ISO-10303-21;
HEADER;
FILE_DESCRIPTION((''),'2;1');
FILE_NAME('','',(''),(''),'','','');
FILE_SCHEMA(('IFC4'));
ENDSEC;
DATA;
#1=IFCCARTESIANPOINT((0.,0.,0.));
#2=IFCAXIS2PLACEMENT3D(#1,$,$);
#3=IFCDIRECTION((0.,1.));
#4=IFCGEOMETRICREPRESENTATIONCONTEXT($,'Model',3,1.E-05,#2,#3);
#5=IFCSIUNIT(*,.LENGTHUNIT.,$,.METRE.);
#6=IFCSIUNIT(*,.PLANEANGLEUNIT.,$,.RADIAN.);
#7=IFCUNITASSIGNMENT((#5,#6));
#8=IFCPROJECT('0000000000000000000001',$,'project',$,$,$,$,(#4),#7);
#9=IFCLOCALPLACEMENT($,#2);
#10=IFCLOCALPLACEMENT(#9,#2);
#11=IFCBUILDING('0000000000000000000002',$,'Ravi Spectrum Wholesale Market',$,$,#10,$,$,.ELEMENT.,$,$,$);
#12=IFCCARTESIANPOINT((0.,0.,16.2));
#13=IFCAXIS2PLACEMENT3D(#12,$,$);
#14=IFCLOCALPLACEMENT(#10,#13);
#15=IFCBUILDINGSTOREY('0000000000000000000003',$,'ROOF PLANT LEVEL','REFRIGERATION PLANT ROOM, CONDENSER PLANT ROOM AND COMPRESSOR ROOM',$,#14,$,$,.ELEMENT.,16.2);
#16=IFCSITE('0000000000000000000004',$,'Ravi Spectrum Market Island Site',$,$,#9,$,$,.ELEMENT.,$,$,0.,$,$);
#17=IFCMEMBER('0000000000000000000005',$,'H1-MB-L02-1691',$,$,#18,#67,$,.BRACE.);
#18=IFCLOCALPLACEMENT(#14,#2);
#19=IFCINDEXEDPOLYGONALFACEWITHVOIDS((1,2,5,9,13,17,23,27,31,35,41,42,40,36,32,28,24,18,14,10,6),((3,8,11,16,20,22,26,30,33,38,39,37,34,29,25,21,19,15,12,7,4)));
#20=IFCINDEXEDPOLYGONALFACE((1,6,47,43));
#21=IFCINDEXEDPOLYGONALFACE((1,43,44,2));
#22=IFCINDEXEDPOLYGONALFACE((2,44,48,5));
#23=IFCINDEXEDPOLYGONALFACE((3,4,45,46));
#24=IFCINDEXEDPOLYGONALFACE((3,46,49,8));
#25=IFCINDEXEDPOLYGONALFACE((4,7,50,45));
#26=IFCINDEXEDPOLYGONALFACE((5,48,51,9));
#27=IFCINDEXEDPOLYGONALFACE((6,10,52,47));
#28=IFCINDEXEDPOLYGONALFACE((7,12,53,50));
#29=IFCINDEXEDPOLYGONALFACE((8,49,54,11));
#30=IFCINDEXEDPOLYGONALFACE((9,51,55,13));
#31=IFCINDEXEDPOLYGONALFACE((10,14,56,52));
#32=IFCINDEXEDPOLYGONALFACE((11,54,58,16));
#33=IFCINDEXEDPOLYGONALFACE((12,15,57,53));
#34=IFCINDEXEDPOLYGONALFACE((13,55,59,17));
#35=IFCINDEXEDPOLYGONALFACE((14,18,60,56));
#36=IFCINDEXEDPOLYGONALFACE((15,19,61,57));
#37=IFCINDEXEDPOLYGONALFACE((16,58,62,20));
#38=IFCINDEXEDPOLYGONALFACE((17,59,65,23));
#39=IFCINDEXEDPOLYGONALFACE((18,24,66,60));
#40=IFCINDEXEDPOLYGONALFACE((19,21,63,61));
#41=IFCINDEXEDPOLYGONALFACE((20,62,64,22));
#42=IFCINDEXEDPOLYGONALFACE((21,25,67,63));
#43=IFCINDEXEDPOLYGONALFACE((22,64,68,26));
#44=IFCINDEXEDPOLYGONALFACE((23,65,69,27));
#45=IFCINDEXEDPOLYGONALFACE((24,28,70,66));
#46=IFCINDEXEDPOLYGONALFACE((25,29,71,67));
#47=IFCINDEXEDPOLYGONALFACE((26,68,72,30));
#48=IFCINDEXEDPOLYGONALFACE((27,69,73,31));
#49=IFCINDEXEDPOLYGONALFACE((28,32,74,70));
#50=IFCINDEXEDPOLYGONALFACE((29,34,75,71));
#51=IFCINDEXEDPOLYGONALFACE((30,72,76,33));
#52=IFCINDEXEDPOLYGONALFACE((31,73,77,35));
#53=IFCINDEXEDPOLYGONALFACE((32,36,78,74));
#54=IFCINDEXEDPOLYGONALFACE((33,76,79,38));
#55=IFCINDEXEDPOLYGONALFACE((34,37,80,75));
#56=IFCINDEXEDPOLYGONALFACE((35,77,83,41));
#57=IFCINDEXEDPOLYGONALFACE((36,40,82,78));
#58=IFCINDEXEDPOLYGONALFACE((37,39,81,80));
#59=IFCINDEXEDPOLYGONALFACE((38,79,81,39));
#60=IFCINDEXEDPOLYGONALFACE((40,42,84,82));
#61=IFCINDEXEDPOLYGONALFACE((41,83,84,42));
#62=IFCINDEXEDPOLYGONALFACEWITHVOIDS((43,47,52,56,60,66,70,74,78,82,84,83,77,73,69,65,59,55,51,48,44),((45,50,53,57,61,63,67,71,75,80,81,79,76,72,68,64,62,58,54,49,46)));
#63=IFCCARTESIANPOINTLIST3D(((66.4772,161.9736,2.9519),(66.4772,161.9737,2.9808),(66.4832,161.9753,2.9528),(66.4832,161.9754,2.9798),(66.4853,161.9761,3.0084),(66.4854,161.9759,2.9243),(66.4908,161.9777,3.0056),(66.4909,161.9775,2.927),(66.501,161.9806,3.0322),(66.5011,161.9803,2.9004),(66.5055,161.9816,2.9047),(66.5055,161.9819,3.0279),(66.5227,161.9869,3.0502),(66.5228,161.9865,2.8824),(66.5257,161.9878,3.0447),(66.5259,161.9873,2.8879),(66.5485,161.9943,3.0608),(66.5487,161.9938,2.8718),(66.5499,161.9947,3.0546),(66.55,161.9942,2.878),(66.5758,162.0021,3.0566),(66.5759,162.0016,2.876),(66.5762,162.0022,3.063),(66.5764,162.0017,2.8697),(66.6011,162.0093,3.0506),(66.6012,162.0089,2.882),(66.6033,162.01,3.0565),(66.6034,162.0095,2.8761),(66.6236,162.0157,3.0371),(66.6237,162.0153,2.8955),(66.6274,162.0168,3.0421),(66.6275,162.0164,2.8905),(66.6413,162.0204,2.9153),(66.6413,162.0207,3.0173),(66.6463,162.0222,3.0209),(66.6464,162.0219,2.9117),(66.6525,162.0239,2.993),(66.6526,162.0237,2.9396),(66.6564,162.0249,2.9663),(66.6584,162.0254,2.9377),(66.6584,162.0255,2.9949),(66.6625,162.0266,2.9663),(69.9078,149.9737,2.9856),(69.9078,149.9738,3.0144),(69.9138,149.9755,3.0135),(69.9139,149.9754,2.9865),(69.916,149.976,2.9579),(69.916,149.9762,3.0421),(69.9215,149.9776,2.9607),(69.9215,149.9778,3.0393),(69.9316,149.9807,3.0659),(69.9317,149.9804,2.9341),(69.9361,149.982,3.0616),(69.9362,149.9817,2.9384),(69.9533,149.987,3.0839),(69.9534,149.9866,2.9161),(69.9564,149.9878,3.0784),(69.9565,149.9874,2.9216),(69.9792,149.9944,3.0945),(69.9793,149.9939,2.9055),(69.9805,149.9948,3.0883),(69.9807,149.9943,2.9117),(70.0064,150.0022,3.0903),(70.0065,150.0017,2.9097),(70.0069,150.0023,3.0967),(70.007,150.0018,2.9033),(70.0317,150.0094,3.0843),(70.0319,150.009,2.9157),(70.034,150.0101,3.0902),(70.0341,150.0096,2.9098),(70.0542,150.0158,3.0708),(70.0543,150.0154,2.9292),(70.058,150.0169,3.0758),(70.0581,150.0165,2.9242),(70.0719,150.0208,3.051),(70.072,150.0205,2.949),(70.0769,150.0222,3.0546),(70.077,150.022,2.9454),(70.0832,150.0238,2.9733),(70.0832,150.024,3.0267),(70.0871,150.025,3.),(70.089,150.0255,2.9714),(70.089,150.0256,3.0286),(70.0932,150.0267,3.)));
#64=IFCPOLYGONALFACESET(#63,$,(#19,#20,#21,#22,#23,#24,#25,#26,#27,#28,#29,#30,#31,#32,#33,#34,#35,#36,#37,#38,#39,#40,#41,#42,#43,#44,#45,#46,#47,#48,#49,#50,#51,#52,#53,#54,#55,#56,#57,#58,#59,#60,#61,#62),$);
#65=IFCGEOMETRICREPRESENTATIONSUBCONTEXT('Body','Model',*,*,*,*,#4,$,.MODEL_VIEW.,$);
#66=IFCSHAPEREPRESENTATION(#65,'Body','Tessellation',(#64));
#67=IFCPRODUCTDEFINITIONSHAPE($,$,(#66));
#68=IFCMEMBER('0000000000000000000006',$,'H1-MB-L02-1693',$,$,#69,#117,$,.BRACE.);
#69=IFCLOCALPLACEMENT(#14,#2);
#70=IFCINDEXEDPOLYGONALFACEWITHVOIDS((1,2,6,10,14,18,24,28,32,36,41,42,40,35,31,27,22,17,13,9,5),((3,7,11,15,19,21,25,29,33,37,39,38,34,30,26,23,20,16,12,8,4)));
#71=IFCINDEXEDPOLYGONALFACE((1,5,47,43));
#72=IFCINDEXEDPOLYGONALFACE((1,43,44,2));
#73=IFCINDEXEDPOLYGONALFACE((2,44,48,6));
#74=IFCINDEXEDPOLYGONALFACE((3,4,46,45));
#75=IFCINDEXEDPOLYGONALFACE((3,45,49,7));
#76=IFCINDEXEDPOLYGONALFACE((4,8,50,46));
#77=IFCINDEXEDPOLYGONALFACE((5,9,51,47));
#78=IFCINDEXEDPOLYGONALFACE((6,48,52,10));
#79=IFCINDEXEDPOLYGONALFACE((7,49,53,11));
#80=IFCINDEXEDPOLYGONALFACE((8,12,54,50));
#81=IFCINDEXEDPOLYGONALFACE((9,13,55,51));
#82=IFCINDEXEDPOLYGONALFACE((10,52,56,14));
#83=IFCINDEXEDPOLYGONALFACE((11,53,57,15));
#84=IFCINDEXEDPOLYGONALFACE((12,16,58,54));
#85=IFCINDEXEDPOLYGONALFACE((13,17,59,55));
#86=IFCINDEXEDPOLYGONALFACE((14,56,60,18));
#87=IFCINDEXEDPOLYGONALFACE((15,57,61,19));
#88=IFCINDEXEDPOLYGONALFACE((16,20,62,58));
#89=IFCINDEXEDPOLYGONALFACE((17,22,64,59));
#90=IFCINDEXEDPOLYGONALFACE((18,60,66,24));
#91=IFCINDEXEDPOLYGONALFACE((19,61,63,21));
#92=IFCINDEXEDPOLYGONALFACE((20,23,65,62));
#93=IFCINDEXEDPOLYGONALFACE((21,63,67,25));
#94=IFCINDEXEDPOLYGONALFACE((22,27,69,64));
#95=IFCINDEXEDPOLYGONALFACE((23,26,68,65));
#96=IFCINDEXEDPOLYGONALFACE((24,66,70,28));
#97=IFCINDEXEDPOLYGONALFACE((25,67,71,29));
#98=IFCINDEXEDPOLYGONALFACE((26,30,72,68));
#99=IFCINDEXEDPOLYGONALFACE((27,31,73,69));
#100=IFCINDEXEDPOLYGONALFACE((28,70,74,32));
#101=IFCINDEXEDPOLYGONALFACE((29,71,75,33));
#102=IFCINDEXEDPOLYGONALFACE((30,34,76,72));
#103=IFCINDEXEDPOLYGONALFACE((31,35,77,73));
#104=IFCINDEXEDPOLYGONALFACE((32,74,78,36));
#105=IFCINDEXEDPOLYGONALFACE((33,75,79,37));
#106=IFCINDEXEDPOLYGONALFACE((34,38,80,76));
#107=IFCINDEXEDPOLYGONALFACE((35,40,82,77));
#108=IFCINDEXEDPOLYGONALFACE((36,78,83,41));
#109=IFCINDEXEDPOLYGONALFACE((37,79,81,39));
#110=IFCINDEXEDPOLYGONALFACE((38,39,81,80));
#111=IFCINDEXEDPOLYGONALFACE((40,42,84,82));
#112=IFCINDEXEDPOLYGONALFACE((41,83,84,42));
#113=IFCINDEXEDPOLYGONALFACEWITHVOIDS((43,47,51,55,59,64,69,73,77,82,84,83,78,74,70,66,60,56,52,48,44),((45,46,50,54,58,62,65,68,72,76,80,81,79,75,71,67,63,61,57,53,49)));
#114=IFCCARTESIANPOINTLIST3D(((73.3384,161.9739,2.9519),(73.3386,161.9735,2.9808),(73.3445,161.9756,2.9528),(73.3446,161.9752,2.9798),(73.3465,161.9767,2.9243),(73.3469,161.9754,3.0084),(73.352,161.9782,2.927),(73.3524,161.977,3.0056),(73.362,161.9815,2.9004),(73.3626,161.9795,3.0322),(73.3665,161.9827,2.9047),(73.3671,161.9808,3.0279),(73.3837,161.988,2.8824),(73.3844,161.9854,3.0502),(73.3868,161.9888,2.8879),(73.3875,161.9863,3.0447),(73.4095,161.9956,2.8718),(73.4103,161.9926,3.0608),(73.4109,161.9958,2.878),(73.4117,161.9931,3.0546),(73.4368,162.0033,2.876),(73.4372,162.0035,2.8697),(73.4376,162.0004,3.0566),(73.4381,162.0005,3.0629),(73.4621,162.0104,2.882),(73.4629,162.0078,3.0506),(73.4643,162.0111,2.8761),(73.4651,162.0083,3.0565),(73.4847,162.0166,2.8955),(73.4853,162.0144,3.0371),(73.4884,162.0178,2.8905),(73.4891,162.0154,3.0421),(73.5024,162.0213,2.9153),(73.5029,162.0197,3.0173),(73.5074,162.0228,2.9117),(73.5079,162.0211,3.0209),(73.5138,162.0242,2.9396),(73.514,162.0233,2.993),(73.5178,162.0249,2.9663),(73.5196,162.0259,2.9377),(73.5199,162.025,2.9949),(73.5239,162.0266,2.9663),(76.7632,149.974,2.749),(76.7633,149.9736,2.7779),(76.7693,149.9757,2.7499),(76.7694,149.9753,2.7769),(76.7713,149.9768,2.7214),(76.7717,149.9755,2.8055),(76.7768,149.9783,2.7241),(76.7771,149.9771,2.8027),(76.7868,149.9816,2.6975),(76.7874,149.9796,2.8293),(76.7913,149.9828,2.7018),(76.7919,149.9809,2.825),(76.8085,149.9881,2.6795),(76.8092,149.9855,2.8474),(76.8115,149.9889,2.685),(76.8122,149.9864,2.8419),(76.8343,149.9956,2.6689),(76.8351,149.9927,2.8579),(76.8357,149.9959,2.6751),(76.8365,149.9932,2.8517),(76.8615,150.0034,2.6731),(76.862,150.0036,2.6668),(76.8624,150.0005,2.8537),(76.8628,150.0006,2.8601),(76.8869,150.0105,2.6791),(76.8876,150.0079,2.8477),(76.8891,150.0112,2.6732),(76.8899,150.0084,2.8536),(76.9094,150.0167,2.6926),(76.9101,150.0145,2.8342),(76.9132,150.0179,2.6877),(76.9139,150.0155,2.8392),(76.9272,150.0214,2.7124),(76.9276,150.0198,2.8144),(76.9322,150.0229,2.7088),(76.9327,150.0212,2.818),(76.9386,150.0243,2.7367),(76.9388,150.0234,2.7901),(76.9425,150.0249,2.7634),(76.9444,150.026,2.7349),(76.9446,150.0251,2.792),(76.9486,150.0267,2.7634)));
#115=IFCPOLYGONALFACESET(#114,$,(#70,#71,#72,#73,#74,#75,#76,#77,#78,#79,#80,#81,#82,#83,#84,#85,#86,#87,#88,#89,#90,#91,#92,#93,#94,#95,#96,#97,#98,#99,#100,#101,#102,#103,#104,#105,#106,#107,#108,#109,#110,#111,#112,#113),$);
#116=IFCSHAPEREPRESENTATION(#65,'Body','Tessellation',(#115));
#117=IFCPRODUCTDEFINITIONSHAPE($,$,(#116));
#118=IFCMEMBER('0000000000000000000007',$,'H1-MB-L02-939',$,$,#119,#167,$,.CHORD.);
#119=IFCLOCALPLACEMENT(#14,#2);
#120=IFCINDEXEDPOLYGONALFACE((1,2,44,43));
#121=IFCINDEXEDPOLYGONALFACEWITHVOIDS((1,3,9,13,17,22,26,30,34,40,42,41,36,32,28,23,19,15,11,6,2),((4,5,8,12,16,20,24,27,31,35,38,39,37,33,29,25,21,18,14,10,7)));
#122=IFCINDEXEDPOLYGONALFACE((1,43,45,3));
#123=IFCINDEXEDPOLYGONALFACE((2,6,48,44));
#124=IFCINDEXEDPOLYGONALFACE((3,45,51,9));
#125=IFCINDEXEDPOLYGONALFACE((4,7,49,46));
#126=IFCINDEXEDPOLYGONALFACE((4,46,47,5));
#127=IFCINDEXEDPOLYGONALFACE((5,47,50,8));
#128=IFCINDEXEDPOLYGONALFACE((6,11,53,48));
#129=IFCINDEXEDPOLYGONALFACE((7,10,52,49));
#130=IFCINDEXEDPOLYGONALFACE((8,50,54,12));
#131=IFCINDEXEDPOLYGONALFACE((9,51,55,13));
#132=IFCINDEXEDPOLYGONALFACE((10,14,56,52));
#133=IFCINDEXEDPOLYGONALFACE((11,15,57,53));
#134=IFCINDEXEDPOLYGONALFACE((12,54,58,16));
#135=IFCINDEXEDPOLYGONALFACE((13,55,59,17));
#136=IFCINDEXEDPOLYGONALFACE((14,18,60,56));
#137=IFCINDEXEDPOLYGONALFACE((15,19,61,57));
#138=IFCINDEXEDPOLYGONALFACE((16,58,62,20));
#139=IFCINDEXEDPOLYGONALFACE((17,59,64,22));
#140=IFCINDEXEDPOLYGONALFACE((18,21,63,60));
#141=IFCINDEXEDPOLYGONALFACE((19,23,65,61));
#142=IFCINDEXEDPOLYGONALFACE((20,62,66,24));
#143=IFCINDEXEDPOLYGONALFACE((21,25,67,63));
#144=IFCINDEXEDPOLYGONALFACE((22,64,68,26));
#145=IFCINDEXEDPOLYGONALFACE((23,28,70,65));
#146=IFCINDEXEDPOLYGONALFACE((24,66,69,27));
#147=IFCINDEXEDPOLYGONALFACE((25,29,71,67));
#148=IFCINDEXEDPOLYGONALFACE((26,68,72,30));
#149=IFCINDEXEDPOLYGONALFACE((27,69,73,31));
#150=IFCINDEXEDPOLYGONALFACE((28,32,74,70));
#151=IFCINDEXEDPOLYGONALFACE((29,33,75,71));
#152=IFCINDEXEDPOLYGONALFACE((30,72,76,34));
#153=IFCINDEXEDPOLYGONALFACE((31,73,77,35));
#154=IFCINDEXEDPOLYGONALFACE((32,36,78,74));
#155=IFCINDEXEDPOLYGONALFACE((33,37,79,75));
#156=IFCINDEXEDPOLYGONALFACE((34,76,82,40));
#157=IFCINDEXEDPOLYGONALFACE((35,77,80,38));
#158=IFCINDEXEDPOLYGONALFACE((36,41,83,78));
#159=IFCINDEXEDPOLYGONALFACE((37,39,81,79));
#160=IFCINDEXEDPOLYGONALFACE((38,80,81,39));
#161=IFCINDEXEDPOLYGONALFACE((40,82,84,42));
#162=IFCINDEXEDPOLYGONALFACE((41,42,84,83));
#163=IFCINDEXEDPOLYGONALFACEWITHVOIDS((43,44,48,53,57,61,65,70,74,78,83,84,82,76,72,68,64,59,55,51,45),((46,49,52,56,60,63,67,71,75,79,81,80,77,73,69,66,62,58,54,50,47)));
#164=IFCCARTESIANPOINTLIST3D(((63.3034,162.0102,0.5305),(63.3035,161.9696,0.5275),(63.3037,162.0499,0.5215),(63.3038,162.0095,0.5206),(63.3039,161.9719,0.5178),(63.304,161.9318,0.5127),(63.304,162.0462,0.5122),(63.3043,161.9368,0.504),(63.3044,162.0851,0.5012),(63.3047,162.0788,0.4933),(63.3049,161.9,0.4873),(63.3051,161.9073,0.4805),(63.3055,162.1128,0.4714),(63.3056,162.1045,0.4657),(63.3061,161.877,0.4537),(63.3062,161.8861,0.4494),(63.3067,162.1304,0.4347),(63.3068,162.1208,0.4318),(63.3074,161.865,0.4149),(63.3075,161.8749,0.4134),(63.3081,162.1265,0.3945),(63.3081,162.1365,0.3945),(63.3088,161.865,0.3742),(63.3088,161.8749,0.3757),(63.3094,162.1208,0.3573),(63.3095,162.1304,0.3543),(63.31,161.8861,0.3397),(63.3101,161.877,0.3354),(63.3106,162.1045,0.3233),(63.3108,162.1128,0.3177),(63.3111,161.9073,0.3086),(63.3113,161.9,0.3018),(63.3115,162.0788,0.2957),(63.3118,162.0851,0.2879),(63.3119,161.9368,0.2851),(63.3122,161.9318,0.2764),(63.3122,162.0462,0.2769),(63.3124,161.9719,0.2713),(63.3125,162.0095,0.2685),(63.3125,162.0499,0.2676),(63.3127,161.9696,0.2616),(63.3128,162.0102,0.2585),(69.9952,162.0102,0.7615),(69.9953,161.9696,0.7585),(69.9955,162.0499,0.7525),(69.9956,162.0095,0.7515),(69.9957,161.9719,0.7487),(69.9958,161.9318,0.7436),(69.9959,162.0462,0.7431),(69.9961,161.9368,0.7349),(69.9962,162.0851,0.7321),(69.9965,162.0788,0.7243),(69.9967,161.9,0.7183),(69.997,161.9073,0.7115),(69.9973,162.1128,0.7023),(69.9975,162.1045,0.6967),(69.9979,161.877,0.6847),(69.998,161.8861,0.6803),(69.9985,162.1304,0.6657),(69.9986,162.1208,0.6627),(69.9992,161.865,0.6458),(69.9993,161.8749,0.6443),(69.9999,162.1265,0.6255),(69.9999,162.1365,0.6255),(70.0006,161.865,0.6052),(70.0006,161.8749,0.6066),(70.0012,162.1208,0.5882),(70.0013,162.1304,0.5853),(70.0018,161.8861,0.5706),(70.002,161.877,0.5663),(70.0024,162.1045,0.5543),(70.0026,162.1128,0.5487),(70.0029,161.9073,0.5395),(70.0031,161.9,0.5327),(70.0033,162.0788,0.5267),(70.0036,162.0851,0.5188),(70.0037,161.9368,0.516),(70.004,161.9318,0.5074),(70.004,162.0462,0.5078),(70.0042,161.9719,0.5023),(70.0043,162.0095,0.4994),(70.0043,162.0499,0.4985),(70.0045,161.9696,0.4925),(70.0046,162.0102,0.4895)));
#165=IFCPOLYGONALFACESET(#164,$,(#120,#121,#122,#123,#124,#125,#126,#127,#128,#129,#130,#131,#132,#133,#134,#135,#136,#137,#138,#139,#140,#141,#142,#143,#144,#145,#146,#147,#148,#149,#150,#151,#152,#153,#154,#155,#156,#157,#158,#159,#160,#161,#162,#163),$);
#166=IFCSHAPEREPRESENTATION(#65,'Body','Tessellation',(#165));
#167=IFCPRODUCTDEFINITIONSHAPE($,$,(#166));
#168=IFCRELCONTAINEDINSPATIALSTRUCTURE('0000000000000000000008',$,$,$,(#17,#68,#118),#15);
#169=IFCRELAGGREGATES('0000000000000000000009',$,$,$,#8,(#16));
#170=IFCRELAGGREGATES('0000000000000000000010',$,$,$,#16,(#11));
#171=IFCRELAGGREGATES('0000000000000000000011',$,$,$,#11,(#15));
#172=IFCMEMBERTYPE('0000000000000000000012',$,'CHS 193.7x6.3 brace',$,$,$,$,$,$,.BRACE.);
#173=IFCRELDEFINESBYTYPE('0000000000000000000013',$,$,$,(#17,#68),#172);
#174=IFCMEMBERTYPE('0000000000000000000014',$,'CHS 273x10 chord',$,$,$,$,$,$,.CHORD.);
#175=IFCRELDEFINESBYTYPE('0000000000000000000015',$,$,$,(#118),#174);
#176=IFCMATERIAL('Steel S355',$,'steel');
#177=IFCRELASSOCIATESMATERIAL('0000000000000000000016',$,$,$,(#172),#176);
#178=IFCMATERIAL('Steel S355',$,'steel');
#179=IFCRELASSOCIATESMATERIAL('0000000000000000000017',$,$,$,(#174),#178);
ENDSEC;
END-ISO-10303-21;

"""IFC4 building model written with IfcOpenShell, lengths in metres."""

from ifc_helpers import new_model, si_unit, direction, frame, origin, origin_2d, place, context, subcontext, project, spatial, hollow_circle, extrude, material, material_profile, profile_set, type_object, element, save


model = new_model("IFC4")

# Units and contexts
model_context = context("Model", 3, precision=1e-05, world=origin(), true_north=direction((0.0, 1.0)))
body_context = subcontext(model_context, "Body", "Model", "MODEL_VIEW")
ifc_project = project(units=[si_unit("LENGTHUNIT", "METRE"), si_unit("PLANEANGLEUNIT", "RADIAN")], contexts=[model_context])

# Site, building, storey
site_placement = place(None, origin())
site = spatial("IfcSite", under=ifc_project, at=site_placement, Name="Ravi Spectrum Market Island Site", CompositionType="ELEMENT", RefElevation=0.0)
building_placement = place(site_placement, origin())
building = spatial("IfcBuilding", under=site, at=building_placement, Name="Ravi Spectrum Wholesale Market", CompositionType="ELEMENT")
storey_placement = place(building_placement, frame((0.0, 0.0, 16.2)))
storey = spatial("IfcBuildingStorey", under=building, at=storey_placement, Name="ROOF PLANT LEVEL", Description="REFRIGERATION PLANT ROOM, CONDENSER PLANT ROOM AND COMPRESSOR ROOM", CompositionType="ELEMENT", Elevation=16.2)

# Members
ifc_material_1 = material(Name="Steel S355", Category="steel")
ifc_material_profile_1 = material_profile(ifc_material_1, hollow_circle(Radius=0.0969, WallThickness=0.0063, at=origin_2d()))
ifc_profile_set_1 = profile_set([ifc_material_profile_1], Name="Steel S355")
member_type_1 = type_object("IfcMemberType", Name="CHS 193.7x6.3 brace", PredefinedType="BRACE", material=ifc_profile_set_1)
for number, where, z_axis, x_axis, name in (
    (1, (66.5693, 162.0, 2.9663), (0.274875, -0.961476, 0.002699), (0.96148, 0.274876, 0.0), "H1-MB-L02-1691"),
    (2, (73.4307, 162.0, 2.9663), (0.274406, -0.961477, -0.016255), (0.961604, 0.274442, 0.0), "H1-MB-L02-1693"),
):
    element("IfcMember", number, at=place(storey_placement, frame(where, z_axis=z_axis, x_axis=x_axis)), inside=storey, type_object=member_type_1, Name=name, PredefinedType="BRACE", context=body_context, shape_type="SweptSolid", body=[
        extrude(hollow_circle(Radius=0.0969, WallThickness=0.0063, at=origin_2d()), origin(), (0.0, 0.0, 1.0), 12.4807),
    ])
ifc_material_2 = material(Name="Steel S355", Category="steel")
ifc_material_profile_2 = material_profile(ifc_material_2, hollow_circle(Radius=0.1365, WallThickness=0.01, at=origin_2d()))
ifc_profile_set_2 = profile_set([ifc_material_profile_2], Name="Steel S355")
member_type_2 = type_object("IfcMemberType", Name="CHS 273x10 chord", PredefinedType="CHORD", material=ifc_profile_set_2)
for number, where, z_axis, x_axis, name in (
    (3, (63.3081, 162.0, 0.3945), (0.999405, 0.0, 0.034492), (0.0, 1.0, 0.0), "H1-MB-L02-939"),
):
    element("IfcMember", number, at=place(storey_placement, frame(where, z_axis=z_axis, x_axis=x_axis)), inside=storey, type_object=member_type_2, Name=name, PredefinedType="CHORD", context=body_context, shape_type="SweptSolid", body=[
        extrude(hollow_circle(Radius=0.1365, WallThickness=0.01, at=origin_2d()), origin(), (0.0, 0.0, 1.0), 6.6958),
    ])

save(model, "model.ifc")
